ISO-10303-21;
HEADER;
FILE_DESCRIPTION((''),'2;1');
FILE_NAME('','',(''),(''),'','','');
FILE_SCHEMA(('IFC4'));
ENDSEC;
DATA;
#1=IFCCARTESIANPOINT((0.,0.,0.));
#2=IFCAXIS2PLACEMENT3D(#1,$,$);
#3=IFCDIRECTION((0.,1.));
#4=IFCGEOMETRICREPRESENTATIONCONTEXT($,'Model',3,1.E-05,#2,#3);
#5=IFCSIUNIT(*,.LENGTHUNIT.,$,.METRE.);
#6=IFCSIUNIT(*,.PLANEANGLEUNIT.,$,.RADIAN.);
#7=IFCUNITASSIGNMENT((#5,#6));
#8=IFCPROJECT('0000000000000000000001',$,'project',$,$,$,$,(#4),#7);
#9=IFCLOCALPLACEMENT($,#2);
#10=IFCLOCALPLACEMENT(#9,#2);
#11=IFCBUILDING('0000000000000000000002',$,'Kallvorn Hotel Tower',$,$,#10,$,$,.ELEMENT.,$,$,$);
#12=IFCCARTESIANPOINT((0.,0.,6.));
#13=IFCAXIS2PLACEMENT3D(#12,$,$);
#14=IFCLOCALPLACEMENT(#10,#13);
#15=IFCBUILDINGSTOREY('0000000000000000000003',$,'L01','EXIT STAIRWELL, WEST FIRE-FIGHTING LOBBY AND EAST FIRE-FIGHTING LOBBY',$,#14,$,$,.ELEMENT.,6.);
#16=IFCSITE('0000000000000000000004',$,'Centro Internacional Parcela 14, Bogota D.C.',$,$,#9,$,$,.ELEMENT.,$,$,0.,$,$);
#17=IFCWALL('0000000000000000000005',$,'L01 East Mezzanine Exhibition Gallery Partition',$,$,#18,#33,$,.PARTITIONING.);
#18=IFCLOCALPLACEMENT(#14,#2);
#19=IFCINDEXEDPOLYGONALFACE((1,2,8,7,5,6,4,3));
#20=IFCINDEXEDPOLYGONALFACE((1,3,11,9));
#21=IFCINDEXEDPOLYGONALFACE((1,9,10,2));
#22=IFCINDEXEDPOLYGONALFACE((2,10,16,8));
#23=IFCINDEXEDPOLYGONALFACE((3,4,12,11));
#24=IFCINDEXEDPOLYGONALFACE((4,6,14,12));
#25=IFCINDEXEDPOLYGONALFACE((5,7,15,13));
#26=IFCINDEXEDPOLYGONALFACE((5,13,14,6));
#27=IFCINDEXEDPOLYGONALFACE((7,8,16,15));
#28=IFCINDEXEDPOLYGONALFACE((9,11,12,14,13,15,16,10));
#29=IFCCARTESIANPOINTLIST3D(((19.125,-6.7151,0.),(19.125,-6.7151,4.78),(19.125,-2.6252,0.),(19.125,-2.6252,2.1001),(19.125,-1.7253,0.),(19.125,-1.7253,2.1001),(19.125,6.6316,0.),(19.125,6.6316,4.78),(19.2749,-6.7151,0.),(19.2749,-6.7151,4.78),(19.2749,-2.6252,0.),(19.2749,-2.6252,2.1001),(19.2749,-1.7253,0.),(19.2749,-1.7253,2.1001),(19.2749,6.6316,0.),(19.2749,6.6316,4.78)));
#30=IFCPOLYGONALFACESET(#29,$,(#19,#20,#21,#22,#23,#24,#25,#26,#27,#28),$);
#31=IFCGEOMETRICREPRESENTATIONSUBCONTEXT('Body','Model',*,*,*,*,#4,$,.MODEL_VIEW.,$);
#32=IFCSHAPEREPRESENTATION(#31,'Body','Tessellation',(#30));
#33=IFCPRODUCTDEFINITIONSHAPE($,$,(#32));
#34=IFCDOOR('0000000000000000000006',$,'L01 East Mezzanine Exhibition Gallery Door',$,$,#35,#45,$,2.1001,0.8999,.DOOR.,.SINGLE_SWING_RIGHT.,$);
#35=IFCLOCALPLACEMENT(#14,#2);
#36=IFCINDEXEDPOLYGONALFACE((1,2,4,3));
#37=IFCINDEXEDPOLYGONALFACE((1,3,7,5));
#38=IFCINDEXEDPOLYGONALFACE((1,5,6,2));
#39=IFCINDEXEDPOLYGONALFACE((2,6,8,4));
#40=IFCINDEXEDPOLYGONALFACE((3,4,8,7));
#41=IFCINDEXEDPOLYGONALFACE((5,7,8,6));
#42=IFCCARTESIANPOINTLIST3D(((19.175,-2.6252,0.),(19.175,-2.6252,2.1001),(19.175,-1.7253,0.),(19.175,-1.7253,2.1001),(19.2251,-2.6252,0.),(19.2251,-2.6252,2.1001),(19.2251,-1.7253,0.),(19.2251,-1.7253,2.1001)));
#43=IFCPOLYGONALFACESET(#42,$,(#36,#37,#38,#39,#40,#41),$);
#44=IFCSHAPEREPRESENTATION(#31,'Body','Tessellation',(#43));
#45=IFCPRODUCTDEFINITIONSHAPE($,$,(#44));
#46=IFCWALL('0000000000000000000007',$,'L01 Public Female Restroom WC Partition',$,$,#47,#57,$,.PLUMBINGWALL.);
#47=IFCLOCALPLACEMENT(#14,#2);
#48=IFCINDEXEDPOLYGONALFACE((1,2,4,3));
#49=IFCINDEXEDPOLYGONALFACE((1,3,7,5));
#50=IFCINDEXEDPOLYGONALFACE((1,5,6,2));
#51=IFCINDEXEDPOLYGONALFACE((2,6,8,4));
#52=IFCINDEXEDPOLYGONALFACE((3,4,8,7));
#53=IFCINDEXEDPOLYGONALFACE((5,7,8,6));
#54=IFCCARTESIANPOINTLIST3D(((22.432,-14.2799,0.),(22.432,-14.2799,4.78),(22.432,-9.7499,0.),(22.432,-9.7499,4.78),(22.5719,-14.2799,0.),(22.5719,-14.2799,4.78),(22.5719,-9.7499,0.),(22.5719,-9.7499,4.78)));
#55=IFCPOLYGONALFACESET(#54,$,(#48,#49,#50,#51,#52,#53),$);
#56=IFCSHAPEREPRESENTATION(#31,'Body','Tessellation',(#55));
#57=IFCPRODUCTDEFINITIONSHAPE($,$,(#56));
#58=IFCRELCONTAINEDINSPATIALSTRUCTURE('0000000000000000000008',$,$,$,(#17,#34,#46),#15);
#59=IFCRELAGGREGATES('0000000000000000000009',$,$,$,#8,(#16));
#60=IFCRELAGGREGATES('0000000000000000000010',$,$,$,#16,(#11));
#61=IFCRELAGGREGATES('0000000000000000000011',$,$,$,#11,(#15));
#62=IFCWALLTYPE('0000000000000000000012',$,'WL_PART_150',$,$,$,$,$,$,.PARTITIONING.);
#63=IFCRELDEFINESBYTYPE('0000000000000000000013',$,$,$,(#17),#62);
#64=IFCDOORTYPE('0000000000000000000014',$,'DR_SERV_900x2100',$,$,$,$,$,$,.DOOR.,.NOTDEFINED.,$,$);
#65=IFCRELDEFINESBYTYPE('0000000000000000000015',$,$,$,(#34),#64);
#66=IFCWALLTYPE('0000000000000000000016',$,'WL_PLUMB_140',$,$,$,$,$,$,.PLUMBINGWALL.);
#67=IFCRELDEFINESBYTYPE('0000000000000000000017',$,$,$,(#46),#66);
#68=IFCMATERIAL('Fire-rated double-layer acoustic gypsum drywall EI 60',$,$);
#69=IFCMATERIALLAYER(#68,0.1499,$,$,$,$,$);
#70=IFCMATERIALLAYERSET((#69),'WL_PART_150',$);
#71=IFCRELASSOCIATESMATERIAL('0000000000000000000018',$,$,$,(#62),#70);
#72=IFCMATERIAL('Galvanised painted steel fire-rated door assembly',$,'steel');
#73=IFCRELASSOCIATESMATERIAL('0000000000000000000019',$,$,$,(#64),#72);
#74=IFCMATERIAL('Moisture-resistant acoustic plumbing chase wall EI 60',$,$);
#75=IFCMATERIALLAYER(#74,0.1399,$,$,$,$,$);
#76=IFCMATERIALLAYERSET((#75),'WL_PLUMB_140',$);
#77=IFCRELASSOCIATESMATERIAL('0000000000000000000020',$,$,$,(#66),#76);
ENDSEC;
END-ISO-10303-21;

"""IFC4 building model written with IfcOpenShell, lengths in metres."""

from ifc_helpers import new_model, si_unit, direction, frame, frame_2d, origin, place, context, subcontext, project, spatial, rectangle, extrude, material, layer, layer_set, type_object, element, fill, save


model = new_model("IFC4")

# Units and contexts
model_context = context("Model", 3, precision=1e-05, world=origin(), true_north=direction((0.0, 1.0)))
body_context = subcontext(model_context, "Body", "Model", "MODEL_VIEW")
ifc_project = project(units=[si_unit("LENGTHUNIT", "METRE"), si_unit("PLANEANGLEUNIT", "RADIAN")], contexts=[model_context])

# Site, building, storey
site_placement = place(None, origin())
site = spatial("IfcSite", under=ifc_project, at=site_placement, Name="Centro Internacional Parcela 14, Bogota D.C.", CompositionType="ELEMENT", RefElevation=0.0)
building_placement = place(site_placement, origin())
building = spatial("IfcBuilding", under=site, at=building_placement, Name="Kallvorn Hotel Tower", CompositionType="ELEMENT")
storey_placement = place(building_placement, frame((0.0, 0.0, 6.0)))
storey = spatial("IfcBuildingStorey", under=building, at=storey_placement, Name="L01", Description="EXIT STAIRWELL, WEST FIRE-FIGHTING LOBBY AND EAST FIRE-FIGHTING LOBBY", CompositionType="ELEMENT", Elevation=6.0)

# Shared definitions
ifc_material_1 = material(Name="Fire-rated double-layer acoustic gypsum drywall EI 60")
ifc_layer_1 = layer(ifc_material_1, 0.1499)
ifc_layer_set_1 = layer_set([ifc_layer_1], Name="WL_PART_150")
wall_type_1 = type_object("IfcWallType", Name="WL_PART_150", PredefinedType="PARTITIONING", material=ifc_layer_set_1)
ifc_material_2 = material(Name="Galvanised painted steel fire-rated door assembly", Category="steel")
door_type = type_object("IfcDoorType", Name="DR_SERV_900x2100", OperationType="NOTDEFINED", PredefinedType="DOOR", material=ifc_material_2)

# Wall, opening, door
wall_1_placement = place(storey_placement, frame((19.2, -6.7151, 0.0), z_axis=(0.0, 0.0, 1.0), x_axis=(0.0, 1.0, 0.0)))
wall_1 = element("IfcWall", 1, at=wall_1_placement, inside=storey, type_object=wall_type_1, Name="L01 East Mezzanine Exhibition Gallery Partition", PredefinedType="PARTITIONING", context=body_context, shape_type="SweptSolid", body=[
    extrude(rectangle(XDim=13.3467, YDim=0.1499, at=frame_2d((6.6733, 0.0))), origin(), (0.0, 0.0, 1.0), 4.78),
])
opening_1_placement = place(wall_1_placement, frame((4.0898, 0.0, 0.0)))
opening_1 = element("IfcOpeningElement", 2, at=opening_1_placement, cuts=wall_1, PredefinedType="OPENING", context=body_context, shape_type="SweptSolid", body=[
    extrude(rectangle(XDim=0.8999, YDim=2.1001, at=frame_2d((0.45, 1.05))), frame((0.0, 0.0898, 0.0), z_axis=(0.0, -1.0, 0.0), x_axis=(1.0, 0.0, 0.0)), (0.0, 0.0, 1.0), 0.1799),
])
door_1_placement = place(opening_1_placement, origin())
door_1 = element("IfcDoor", 3, at=door_1_placement, inside=storey, type_object=door_type, Name="L01 East Mezzanine Exhibition Gallery Door", OperationType="SINGLE_SWING_RIGHT", OverallHeight=2.1001, OverallWidth=0.8999, PredefinedType="DOOR", context=body_context, shape_type="SweptSolid", body=[
    extrude(rectangle(XDim=0.8999, YDim=2.1001, at=frame_2d((0.45, 1.05))), frame((0.0, 0.0249, 0.0), z_axis=(0.0, -1.0, 0.0), x_axis=(1.0, 0.0, 0.0)), (0.0, 0.0, 1.0), 0.05),
])
fill(opening_1, door_1)

# Wall
ifc_material_3 = material(Name="Moisture-resistant acoustic plumbing chase wall EI 60")
ifc_layer_2 = layer(ifc_material_3, 0.1399)
ifc_layer_set_2 = layer_set([ifc_layer_2], Name="WL_PLUMB_140")
wall_type_2 = type_object("IfcWallType", Name="WL_PLUMB_140", PredefinedType="PLUMBINGWALL", material=ifc_layer_set_2)
wall_2_placement = place(storey_placement, frame((22.502, -14.28, 0.0), z_axis=(0.0, 0.0, 1.0), x_axis=(0.0, 1.0, 0.0)))
element("IfcWall", 4, at=wall_2_placement, inside=storey, type_object=wall_type_2, Name="L01 Public Female Restroom WC Partition", PredefinedType="PLUMBINGWALL", context=body_context, shape_type="SweptSolid", body=[
    extrude(rectangle(XDim=4.53, YDim=0.1399, at=frame_2d((2.2651, 0.0))), origin(), (0.0, 0.0, 1.0), 4.78),
])

save(model, "model.ifc")
